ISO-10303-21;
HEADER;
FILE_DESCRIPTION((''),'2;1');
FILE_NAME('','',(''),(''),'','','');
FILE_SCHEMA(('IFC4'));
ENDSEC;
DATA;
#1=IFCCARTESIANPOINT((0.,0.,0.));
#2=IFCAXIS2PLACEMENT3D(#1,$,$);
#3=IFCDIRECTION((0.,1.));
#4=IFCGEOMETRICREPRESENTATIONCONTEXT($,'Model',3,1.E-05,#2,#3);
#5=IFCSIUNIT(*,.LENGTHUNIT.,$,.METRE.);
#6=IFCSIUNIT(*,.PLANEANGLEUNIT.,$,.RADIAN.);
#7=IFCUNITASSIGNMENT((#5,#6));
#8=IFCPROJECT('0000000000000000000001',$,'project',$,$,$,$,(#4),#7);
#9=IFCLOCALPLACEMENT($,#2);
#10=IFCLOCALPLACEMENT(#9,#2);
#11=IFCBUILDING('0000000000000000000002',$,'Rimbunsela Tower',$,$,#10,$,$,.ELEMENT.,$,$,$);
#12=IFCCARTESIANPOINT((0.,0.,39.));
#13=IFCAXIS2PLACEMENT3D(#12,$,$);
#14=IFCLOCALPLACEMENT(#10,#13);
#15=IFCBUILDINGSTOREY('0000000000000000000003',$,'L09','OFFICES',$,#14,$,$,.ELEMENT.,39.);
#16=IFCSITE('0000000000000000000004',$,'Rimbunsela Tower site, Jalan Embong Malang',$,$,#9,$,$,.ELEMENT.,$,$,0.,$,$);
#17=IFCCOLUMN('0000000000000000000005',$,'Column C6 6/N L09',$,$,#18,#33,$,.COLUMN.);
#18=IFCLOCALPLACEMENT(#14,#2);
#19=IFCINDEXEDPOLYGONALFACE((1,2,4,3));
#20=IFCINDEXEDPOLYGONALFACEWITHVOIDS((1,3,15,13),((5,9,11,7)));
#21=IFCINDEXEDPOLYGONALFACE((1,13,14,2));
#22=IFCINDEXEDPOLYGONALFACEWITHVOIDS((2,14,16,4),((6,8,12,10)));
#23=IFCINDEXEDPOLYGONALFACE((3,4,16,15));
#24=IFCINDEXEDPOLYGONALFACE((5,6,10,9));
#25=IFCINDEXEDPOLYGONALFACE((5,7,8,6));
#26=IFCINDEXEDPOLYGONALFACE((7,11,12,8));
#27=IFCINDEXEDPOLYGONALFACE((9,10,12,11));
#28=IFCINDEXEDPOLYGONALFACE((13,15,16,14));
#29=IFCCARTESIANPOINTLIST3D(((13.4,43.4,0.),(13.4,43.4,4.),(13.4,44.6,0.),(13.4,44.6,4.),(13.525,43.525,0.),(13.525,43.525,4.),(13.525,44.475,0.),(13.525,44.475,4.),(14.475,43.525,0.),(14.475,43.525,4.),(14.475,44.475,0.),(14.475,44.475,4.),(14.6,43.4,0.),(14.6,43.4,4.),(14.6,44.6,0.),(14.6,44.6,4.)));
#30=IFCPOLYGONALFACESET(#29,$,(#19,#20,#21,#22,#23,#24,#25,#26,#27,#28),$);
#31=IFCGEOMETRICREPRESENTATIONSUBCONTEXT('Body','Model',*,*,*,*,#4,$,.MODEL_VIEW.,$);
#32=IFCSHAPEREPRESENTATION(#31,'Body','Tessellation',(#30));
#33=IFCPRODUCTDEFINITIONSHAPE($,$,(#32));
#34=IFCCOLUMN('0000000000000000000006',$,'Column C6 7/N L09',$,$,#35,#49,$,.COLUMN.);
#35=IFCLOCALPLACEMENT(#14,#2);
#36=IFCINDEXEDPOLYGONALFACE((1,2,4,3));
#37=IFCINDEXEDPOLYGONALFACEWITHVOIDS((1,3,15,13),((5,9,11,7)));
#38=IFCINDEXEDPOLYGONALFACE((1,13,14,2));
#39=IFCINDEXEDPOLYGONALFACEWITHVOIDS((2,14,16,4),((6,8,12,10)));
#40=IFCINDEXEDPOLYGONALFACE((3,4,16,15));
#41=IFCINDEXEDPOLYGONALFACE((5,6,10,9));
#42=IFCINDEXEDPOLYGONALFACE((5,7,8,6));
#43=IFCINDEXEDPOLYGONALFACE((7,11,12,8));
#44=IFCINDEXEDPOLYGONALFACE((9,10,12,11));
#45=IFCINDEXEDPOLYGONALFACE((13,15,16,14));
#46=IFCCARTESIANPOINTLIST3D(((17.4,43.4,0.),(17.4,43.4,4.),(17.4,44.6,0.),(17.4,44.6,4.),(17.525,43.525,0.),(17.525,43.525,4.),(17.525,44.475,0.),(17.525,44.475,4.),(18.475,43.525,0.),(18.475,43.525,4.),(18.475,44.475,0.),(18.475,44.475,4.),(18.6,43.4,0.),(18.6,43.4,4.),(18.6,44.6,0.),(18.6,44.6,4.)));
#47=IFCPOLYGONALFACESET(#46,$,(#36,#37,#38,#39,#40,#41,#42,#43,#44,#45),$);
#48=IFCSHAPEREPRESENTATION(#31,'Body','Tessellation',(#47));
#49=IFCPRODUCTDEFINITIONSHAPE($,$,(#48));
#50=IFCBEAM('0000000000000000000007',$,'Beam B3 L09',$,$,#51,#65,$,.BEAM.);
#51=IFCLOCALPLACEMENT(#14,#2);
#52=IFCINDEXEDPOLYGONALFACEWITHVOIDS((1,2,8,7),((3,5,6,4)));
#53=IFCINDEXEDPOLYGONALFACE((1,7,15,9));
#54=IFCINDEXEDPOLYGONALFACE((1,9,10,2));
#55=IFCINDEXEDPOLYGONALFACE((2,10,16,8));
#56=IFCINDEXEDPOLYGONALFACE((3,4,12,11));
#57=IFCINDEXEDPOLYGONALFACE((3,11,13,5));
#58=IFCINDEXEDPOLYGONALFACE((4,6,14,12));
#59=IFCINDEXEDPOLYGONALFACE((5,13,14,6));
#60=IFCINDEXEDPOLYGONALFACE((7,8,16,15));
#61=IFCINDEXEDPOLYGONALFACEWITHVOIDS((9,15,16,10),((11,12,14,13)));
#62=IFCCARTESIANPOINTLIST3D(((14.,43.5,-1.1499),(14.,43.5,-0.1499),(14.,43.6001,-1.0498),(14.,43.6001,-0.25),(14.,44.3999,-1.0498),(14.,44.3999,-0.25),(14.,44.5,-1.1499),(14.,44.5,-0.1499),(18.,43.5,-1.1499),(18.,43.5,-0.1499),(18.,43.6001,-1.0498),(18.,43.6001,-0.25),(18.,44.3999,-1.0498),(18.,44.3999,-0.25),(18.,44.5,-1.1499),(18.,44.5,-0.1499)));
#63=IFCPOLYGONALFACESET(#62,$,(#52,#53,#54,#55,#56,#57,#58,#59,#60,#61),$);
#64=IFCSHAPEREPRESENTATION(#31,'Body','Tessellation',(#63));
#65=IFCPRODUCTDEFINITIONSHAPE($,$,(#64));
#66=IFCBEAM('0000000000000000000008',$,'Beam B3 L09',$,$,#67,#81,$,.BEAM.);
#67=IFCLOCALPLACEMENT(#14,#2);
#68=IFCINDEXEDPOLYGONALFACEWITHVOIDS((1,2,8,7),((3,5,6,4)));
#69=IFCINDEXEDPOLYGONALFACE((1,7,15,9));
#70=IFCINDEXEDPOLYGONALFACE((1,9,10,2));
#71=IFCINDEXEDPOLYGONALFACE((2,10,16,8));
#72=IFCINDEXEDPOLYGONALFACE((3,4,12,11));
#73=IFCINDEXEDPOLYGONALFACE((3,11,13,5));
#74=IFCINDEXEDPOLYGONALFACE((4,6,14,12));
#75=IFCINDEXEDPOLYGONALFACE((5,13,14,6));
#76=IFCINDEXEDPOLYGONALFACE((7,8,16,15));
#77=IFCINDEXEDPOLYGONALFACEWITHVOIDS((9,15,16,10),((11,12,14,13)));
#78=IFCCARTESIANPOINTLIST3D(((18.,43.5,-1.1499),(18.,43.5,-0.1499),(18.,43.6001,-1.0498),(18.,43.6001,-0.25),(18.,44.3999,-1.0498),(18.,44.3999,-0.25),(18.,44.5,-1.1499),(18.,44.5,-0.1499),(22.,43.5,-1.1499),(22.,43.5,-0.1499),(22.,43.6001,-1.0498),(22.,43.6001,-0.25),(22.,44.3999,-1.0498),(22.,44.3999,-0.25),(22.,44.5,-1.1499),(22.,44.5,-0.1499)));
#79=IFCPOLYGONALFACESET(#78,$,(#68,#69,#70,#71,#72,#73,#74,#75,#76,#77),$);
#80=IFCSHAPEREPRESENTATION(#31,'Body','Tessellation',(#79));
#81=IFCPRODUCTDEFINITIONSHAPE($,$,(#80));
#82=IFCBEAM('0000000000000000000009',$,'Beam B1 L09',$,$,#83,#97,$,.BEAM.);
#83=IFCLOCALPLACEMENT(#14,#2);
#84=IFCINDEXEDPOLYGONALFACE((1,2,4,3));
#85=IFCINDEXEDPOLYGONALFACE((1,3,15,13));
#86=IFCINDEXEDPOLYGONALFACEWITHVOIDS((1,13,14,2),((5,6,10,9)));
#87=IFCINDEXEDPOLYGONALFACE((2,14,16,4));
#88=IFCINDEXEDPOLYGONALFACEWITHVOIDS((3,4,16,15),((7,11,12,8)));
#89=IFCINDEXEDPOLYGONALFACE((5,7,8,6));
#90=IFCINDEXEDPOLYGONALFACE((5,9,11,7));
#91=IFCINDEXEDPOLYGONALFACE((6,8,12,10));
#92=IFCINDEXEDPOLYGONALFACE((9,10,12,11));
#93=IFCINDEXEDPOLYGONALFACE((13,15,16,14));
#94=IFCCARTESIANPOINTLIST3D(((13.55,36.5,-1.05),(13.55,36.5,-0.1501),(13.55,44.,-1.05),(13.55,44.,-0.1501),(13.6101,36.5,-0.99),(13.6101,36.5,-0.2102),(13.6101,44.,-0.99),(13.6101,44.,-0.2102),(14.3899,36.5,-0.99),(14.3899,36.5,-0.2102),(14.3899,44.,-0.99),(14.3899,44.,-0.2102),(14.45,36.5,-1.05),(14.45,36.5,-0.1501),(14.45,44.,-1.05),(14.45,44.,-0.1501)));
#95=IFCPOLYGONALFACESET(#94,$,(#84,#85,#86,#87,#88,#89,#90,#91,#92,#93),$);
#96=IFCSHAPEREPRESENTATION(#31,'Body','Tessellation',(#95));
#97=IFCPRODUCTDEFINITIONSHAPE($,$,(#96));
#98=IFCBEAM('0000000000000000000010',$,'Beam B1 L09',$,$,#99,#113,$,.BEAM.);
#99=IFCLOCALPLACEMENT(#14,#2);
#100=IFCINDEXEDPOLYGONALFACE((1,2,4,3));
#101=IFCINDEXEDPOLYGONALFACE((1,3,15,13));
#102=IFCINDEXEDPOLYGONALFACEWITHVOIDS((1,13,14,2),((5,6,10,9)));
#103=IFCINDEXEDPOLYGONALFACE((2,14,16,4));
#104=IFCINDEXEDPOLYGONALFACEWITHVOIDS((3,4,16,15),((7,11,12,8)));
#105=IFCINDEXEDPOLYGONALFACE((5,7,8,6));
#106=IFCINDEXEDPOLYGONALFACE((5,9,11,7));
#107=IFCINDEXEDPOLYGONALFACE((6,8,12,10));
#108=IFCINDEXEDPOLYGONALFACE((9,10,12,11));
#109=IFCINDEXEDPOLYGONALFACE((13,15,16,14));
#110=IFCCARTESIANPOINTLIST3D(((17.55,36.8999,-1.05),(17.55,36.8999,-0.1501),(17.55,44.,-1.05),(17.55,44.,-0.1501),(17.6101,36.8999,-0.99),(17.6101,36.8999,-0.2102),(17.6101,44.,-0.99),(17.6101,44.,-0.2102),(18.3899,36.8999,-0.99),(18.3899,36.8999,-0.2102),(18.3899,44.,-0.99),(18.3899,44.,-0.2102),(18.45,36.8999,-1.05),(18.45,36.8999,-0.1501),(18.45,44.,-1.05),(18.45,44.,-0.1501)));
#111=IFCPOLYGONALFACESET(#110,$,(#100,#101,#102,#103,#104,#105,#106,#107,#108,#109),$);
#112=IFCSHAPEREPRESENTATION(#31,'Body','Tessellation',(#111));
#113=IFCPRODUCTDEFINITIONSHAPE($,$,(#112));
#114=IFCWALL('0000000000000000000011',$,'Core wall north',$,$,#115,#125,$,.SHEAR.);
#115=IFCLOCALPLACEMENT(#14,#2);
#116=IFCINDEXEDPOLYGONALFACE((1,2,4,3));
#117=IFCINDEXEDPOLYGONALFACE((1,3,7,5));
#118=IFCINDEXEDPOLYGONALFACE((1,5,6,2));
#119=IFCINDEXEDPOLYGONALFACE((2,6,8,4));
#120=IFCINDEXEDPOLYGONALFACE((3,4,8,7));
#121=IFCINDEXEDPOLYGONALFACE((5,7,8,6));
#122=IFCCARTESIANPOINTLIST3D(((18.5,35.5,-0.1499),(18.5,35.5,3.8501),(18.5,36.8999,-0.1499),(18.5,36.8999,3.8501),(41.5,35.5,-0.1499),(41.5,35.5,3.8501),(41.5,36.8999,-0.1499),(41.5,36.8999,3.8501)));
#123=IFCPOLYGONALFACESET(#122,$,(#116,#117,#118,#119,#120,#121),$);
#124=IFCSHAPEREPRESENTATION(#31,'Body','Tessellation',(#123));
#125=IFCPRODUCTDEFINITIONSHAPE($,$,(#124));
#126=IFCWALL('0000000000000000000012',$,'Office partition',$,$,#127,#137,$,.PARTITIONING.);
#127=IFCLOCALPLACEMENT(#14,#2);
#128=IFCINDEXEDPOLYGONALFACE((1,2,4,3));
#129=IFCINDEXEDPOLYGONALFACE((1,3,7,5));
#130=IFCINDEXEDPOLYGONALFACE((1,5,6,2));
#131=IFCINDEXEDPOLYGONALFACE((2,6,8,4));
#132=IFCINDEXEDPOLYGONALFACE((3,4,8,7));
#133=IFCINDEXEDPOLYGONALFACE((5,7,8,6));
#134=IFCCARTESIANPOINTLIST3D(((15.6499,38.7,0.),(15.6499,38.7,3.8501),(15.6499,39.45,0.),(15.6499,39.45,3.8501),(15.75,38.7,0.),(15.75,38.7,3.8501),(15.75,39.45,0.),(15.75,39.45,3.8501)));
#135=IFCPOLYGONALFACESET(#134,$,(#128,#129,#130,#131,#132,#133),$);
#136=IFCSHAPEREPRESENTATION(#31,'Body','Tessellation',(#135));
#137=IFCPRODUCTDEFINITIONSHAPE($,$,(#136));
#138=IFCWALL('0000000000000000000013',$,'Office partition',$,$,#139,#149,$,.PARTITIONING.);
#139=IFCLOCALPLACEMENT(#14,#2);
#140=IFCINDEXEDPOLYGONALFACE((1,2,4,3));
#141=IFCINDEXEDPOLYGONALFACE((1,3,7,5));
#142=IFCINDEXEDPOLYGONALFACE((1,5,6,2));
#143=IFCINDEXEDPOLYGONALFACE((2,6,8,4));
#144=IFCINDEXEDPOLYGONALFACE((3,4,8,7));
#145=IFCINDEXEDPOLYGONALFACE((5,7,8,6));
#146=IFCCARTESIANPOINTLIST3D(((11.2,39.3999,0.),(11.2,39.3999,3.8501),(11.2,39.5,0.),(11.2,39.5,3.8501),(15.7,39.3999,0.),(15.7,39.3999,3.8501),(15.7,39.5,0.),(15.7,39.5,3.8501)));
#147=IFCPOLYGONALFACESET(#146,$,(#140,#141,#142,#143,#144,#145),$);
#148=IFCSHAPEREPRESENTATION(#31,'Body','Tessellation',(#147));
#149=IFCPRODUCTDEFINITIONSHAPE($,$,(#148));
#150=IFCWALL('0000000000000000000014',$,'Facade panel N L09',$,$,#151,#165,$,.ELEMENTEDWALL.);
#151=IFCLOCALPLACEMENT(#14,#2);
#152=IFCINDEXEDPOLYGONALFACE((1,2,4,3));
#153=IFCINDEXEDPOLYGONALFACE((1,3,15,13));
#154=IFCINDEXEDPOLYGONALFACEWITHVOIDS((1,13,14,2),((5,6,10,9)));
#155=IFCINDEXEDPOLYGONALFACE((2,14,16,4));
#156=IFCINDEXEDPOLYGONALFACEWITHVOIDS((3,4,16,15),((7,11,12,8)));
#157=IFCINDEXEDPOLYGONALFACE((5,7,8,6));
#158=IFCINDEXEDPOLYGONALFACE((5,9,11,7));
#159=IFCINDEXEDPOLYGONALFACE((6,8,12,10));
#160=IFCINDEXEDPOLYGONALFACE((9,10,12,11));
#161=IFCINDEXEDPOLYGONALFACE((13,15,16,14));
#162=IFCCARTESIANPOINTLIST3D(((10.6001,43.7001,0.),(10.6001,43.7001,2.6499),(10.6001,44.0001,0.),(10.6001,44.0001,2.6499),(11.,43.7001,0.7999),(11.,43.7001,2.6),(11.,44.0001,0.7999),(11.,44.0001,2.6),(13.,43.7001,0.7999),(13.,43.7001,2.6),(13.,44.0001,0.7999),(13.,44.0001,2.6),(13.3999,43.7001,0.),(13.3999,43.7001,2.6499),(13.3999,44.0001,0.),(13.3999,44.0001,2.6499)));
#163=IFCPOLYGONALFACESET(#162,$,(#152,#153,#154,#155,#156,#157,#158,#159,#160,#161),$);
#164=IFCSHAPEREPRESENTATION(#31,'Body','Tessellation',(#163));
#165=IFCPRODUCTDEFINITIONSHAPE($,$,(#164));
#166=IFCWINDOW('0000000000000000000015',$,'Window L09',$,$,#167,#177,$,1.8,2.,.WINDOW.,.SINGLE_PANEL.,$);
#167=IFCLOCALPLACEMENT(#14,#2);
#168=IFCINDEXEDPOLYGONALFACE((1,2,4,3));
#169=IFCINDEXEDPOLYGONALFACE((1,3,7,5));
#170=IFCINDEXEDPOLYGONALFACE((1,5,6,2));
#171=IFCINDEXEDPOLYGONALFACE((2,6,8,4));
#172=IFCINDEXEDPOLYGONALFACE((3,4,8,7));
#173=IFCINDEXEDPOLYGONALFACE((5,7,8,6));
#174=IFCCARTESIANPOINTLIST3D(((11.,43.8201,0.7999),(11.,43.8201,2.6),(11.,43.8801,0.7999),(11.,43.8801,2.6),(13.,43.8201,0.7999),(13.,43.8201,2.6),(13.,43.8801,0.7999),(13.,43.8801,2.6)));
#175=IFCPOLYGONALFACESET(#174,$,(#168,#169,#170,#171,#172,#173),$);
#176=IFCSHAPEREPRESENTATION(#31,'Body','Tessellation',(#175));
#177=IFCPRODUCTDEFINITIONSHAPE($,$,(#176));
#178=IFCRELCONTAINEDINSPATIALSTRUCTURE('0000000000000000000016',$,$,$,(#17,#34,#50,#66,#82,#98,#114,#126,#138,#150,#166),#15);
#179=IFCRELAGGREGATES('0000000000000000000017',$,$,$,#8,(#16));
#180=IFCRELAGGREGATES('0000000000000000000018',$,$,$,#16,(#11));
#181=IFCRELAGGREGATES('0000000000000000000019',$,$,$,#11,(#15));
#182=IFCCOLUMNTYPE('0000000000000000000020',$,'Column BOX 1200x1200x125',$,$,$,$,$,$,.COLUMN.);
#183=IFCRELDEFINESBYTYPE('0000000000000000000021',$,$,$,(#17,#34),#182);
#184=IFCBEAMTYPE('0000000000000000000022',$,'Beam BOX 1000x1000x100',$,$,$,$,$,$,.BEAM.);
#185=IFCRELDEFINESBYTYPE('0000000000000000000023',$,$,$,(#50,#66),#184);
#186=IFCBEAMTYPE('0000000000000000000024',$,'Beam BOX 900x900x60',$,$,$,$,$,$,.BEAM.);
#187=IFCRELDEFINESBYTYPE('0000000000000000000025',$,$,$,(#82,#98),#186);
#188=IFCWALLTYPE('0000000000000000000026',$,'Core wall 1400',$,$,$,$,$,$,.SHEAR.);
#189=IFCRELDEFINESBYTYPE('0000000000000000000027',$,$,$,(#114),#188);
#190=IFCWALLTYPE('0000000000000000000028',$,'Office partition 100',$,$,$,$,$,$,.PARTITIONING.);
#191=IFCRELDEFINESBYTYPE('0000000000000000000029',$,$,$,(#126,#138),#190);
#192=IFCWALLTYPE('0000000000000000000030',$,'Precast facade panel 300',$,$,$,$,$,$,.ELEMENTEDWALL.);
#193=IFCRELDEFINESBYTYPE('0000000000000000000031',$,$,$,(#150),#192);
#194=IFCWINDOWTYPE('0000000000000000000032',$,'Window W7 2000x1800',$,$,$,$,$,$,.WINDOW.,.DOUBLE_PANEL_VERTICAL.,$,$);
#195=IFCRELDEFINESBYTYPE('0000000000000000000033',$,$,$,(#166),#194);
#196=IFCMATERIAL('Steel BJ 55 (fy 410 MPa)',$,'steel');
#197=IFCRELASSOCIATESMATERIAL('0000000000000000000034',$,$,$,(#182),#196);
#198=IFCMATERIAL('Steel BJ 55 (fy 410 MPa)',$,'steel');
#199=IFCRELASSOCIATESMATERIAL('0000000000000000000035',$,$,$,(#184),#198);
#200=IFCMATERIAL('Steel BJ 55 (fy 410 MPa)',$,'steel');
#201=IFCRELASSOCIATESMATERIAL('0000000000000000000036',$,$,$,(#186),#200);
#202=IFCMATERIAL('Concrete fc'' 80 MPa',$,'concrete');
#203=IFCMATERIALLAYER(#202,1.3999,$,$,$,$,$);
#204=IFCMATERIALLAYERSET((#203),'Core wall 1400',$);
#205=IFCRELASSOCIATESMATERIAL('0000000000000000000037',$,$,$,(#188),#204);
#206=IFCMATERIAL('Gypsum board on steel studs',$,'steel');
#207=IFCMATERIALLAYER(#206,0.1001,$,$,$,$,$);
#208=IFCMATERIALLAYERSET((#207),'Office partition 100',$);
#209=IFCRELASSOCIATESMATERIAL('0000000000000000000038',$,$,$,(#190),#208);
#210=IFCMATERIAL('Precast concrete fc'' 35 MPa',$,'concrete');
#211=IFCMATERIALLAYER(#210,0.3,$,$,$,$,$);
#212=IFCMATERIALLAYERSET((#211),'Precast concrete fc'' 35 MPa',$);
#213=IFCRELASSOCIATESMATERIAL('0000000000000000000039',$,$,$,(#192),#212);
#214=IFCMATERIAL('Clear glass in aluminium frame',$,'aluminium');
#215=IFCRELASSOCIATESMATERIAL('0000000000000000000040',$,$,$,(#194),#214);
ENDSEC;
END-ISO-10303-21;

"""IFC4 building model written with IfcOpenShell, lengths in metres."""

from ifc_helpers import new_model, si_unit, direction, frame, frame_2d, origin, origin_2d, place, context, subcontext, project, spatial, rectangle, hollow_rectangle, extrude, material, layer, layer_set, material_profile, profile_set, type_object, element, fill, save


model = new_model("IFC4")

# Units and contexts
model_context = context("Model", 3, precision=1e-05, world=origin(), true_north=direction((0.0, 1.0)))
body_context = subcontext(model_context, "Body", "Model", "MODEL_VIEW")
ifc_project = project(units=[si_unit("LENGTHUNIT", "METRE"), si_unit("PLANEANGLEUNIT", "RADIAN")], contexts=[model_context])

# Site, building, storey
site_placement = place(None, origin())
site = spatial("IfcSite", under=ifc_project, at=site_placement, Name="Rimbunsela Tower site, Jalan Embong Malang", CompositionType="ELEMENT", RefElevation=0.0)
building_placement = place(site_placement, origin())
building = spatial("IfcBuilding", under=site, at=building_placement, Name="Rimbunsela Tower", CompositionType="ELEMENT")
storey_placement = place(building_placement, frame((0.0, 0.0, 39.0)))
storey = spatial("IfcBuildingStorey", under=building, at=storey_placement, Name="L09", Description="OFFICES", CompositionType="ELEMENT", Elevation=39.0)

# Columns
ifc_material_1 = material(Name="Steel BJ 55 (fy 410 MPa)", Category="steel")
ifc_material_profile_1 = material_profile(ifc_material_1, hollow_rectangle(XDim=1.2, YDim=1.2, WallThickness=0.125, at=origin_2d()), Name="BOX 1200x1200x125")
ifc_profile_set_1 = profile_set([ifc_material_profile_1], Name="Steel BJ 55 (fy 410 MPa)")
column_type = type_object("IfcColumnType", Name="Column BOX 1200x1200x125", PredefinedType="COLUMN", material=ifc_profile_set_1)
for number, where, z_axis, x_axis, name in (
    (1, (14.0, 44.0, 0.0), (0.0, 0.0, 1.0), (1.0, 0.0, 0.0), "Column C6 6/N L09"),
    (2, (18.0, 44.0, 0.0), (0.0, 0.0, 1.0), (1.0, 0.0, 0.0), "Column C6 7/N L09"),
):
    element("IfcColumn", number, at=place(storey_placement, frame(where, z_axis=z_axis, x_axis=x_axis)), inside=storey, type_object=column_type, Name=name, PredefinedType="COLUMN", context=body_context, shape_type="SweptSolid", body=[
        extrude(hollow_rectangle(XDim=1.2, YDim=1.2, WallThickness=0.125, at=origin_2d()), origin(), (0.0, 0.0, 1.0), 4.0),
    ])

# Beams
ifc_material_2 = material(Name="Steel BJ 55 (fy 410 MPa)", Category="steel")
ifc_material_profile_2 = material_profile(ifc_material_2, hollow_rectangle(XDim=1.0, YDim=1.0, WallThickness=0.1001, at=origin_2d()), Name="BOX 1000x1000x100")
ifc_profile_set_2 = profile_set([ifc_material_profile_2], Name="Steel BJ 55 (fy 410 MPa)")
beam_type_1 = type_object("IfcBeamType", Name="Beam BOX 1000x1000x100", PredefinedType="BEAM", material=ifc_profile_set_2)
for number, where, z_axis, x_axis, name in (
    (3, (14.0, 44.0, -0.6499), (1.0, 0.0, 0.0), (0.0, 1.0, 0.0), "Beam B3 L09"),
    (4, (18.0, 44.0, -0.6499), (1.0, 0.0, 0.0), (0.0, 1.0, 0.0), "Beam B3 L09"),
):
    element("IfcBeam", number, at=place(storey_placement, frame(where, z_axis=z_axis, x_axis=x_axis)), inside=storey, type_object=beam_type_1, Name=name, PredefinedType="BEAM", context=body_context, shape_type="SweptSolid", body=[
        extrude(hollow_rectangle(XDim=1.0, YDim=1.0, WallThickness=0.1001, at=origin_2d()), origin(), (0.0, 0.0, 1.0), 4.0),
    ])
ifc_material_3 = material(Name="Steel BJ 55 (fy 410 MPa)", Category="steel")
ifc_material_profile_3 = material_profile(ifc_material_3, hollow_rectangle(XDim=0.8999, YDim=0.8999, WallThickness=0.0601, at=origin_2d()), Name="BOX 900x900x60")
ifc_profile_set_3 = profile_set([ifc_material_profile_3], Name="Steel BJ 55 (fy 410 MPa)")
beam_type_2 = type_object("IfcBeamType", Name="Beam BOX 900x900x60", PredefinedType="BEAM", material=ifc_profile_set_3)
beam_1_placement = place(storey_placement, frame((14.0, 36.5, -0.6001), z_axis=(0.0, 1.0, 0.0), x_axis=(-1.0, 0.0, 0.0)))
element("IfcBeam", 5, at=beam_1_placement, inside=storey, type_object=beam_type_2, Name="Beam B1 L09", PredefinedType="BEAM", context=body_context, shape_type="SweptSolid", body=[
    extrude(hollow_rectangle(XDim=0.8999, YDim=0.8999, WallThickness=0.0601, at=origin_2d()), origin(), (0.0, 0.0, 1.0), 7.5),
])
beam_2_placement = place(storey_placement, frame((18.0, 36.8999, -0.6001), z_axis=(0.0, 1.0, 0.0), x_axis=(-1.0, 0.0, 0.0)))
element("IfcBeam", 6, at=beam_2_placement, inside=storey, type_object=beam_type_2, Name="Beam B1 L09", PredefinedType="BEAM", context=body_context, shape_type="SweptSolid", body=[
    extrude(hollow_rectangle(XDim=0.8999, YDim=0.8999, WallThickness=0.0601, at=origin_2d()), origin(), (0.0, 0.0, 1.0), 7.1001),
])

# Walls
ifc_material_4 = material(Name="Concrete fc' 80 MPa", Category="concrete")
ifc_layer_1 = layer(ifc_material_4, 1.3999)
ifc_layer_set_1 = layer_set([ifc_layer_1], Name="Core wall 1400")
wall_type_1 = type_object("IfcWallType", Name="Core wall 1400", PredefinedType="SHEAR", material=ifc_layer_set_1)
wall_1_placement = place(storey_placement, frame((18.5, 36.2, -0.1499), z_axis=(0.0, 0.0, 1.0), x_axis=(1.0, 0.0, 0.0)))
element("IfcWall", 7, at=wall_1_placement, inside=storey, type_object=wall_type_1, Name="Core wall north", PredefinedType="SHEAR", context=body_context, shape_type="SweptSolid", body=[
    extrude(rectangle(XDim=23.0, YDim=1.3999, at=frame_2d((11.5, 0.0))), origin(), (0.0, 0.0, 1.0), 4.0),
])
ifc_material_5 = material(Name="Gypsum board on steel studs", Category="steel")
ifc_layer_2 = layer(ifc_material_5, 0.1001)
ifc_layer_set_2 = layer_set([ifc_layer_2], Name="Office partition 100")
wall_type_2 = type_object("IfcWallType", Name="Office partition 100", PredefinedType="PARTITIONING", material=ifc_layer_set_2)
wall_2_placement = place(storey_placement, frame((15.7, 38.7, 0.0), z_axis=(0.0, 0.0, 1.0), x_axis=(0.0, 1.0, 0.0)))
element("IfcWall", 8, at=wall_2_placement, inside=storey, type_object=wall_type_2, Name="Office partition", PredefinedType="PARTITIONING", context=body_context, shape_type="SweptSolid", body=[
    extrude(rectangle(XDim=0.75, YDim=0.1001, at=frame_2d((0.375, 0.0))), origin(), (0.0, 0.0, 1.0), 3.8501),
])
wall_3_placement = place(storey_placement, frame((15.7, 39.45, 0.0), z_axis=(0.0, 0.0, 1.0), x_axis=(-1.0, 0.0, 0.0)))
element("IfcWall", 9, at=wall_3_placement, inside=storey, type_object=wall_type_2, Name="Office partition", PredefinedType="PARTITIONING", context=body_context, shape_type="SweptSolid", body=[
    extrude(rectangle(XDim=4.5, YDim=0.1001, at=frame_2d((2.25, 0.0))), origin(), (0.0, 0.0, 1.0), 3.8501),
])

# Wall, opening, window
ifc_material_6 = material(Name="Precast concrete fc' 35 MPa", Category="concrete")
ifc_layer_3 = layer(ifc_material_6, 0.3)
ifc_layer_set_3 = layer_set([ifc_layer_3], Name="Precast concrete fc' 35 MPa")
wall_type_3 = type_object("IfcWallType", Name="Precast facade panel 300", PredefinedType="ELEMENTEDWALL", material=ifc_layer_set_3)
wall_4_placement = place(storey_placement, frame((13.3999, 43.8501, 0.0), z_axis=(0.0, 0.0, 1.0), x_axis=(-1.0, 0.0, 0.0)))
wall_4 = element("IfcWall", 10, at=wall_4_placement, inside=storey, type_object=wall_type_3, Name="Facade panel N L09", PredefinedType="ELEMENTEDWALL", context=body_context, shape_type="SweptSolid", body=[
    extrude(rectangle(XDim=2.7998, YDim=0.3, at=frame_2d((1.3999, 0.0))), origin(), (0.0, 0.0, 1.0), 2.6499),
])
opening_1_placement = place(wall_4_placement, frame((0.3999, 0.0, 0.8)))
opening_1 = element("IfcOpeningElement", 11, at=opening_1_placement, cuts=wall_4, PredefinedType="OPENING", context=body_context, shape_type="SweptSolid", body=[
    extrude(rectangle(XDim=2.0, YDim=1.8, at=frame_2d((1.0, 0.8999))), frame((0.0, 0.1599, 0.0), z_axis=(0.0, -1.0, 0.0), x_axis=(1.0, 0.0, 0.0)), (0.0, 0.0, 1.0), 0.3201),
])
ifc_material_7 = material(Name="Clear glass in aluminium frame", Category="aluminium")
window_type = type_object("IfcWindowType", Name="Window W7 2000x1800", PartitioningType="DOUBLE_PANEL_VERTICAL", PredefinedType="WINDOW", material=ifc_material_7)
window_1_placement = place(opening_1_placement, origin())
window_1 = element("IfcWindow", 12, at=window_1_placement, inside=storey, type_object=window_type, Name="Window L09", OverallHeight=1.8, OverallWidth=2.0, PartitioningType="SINGLE_PANEL", PredefinedType="WINDOW", context=body_context, shape_type="SweptSolid", body=[
    extrude(rectangle(XDim=2.0, YDim=1.8, at=frame_2d((1.0, 0.8999))), frame((0.0, 0.03, 0.0), z_axis=(0.0, -1.0, 0.0), x_axis=(1.0, 0.0, 0.0)), (0.0, 0.0, 1.0), 0.0601),
])
fill(opening_1, window_1)

save(model, "model.ifc")
